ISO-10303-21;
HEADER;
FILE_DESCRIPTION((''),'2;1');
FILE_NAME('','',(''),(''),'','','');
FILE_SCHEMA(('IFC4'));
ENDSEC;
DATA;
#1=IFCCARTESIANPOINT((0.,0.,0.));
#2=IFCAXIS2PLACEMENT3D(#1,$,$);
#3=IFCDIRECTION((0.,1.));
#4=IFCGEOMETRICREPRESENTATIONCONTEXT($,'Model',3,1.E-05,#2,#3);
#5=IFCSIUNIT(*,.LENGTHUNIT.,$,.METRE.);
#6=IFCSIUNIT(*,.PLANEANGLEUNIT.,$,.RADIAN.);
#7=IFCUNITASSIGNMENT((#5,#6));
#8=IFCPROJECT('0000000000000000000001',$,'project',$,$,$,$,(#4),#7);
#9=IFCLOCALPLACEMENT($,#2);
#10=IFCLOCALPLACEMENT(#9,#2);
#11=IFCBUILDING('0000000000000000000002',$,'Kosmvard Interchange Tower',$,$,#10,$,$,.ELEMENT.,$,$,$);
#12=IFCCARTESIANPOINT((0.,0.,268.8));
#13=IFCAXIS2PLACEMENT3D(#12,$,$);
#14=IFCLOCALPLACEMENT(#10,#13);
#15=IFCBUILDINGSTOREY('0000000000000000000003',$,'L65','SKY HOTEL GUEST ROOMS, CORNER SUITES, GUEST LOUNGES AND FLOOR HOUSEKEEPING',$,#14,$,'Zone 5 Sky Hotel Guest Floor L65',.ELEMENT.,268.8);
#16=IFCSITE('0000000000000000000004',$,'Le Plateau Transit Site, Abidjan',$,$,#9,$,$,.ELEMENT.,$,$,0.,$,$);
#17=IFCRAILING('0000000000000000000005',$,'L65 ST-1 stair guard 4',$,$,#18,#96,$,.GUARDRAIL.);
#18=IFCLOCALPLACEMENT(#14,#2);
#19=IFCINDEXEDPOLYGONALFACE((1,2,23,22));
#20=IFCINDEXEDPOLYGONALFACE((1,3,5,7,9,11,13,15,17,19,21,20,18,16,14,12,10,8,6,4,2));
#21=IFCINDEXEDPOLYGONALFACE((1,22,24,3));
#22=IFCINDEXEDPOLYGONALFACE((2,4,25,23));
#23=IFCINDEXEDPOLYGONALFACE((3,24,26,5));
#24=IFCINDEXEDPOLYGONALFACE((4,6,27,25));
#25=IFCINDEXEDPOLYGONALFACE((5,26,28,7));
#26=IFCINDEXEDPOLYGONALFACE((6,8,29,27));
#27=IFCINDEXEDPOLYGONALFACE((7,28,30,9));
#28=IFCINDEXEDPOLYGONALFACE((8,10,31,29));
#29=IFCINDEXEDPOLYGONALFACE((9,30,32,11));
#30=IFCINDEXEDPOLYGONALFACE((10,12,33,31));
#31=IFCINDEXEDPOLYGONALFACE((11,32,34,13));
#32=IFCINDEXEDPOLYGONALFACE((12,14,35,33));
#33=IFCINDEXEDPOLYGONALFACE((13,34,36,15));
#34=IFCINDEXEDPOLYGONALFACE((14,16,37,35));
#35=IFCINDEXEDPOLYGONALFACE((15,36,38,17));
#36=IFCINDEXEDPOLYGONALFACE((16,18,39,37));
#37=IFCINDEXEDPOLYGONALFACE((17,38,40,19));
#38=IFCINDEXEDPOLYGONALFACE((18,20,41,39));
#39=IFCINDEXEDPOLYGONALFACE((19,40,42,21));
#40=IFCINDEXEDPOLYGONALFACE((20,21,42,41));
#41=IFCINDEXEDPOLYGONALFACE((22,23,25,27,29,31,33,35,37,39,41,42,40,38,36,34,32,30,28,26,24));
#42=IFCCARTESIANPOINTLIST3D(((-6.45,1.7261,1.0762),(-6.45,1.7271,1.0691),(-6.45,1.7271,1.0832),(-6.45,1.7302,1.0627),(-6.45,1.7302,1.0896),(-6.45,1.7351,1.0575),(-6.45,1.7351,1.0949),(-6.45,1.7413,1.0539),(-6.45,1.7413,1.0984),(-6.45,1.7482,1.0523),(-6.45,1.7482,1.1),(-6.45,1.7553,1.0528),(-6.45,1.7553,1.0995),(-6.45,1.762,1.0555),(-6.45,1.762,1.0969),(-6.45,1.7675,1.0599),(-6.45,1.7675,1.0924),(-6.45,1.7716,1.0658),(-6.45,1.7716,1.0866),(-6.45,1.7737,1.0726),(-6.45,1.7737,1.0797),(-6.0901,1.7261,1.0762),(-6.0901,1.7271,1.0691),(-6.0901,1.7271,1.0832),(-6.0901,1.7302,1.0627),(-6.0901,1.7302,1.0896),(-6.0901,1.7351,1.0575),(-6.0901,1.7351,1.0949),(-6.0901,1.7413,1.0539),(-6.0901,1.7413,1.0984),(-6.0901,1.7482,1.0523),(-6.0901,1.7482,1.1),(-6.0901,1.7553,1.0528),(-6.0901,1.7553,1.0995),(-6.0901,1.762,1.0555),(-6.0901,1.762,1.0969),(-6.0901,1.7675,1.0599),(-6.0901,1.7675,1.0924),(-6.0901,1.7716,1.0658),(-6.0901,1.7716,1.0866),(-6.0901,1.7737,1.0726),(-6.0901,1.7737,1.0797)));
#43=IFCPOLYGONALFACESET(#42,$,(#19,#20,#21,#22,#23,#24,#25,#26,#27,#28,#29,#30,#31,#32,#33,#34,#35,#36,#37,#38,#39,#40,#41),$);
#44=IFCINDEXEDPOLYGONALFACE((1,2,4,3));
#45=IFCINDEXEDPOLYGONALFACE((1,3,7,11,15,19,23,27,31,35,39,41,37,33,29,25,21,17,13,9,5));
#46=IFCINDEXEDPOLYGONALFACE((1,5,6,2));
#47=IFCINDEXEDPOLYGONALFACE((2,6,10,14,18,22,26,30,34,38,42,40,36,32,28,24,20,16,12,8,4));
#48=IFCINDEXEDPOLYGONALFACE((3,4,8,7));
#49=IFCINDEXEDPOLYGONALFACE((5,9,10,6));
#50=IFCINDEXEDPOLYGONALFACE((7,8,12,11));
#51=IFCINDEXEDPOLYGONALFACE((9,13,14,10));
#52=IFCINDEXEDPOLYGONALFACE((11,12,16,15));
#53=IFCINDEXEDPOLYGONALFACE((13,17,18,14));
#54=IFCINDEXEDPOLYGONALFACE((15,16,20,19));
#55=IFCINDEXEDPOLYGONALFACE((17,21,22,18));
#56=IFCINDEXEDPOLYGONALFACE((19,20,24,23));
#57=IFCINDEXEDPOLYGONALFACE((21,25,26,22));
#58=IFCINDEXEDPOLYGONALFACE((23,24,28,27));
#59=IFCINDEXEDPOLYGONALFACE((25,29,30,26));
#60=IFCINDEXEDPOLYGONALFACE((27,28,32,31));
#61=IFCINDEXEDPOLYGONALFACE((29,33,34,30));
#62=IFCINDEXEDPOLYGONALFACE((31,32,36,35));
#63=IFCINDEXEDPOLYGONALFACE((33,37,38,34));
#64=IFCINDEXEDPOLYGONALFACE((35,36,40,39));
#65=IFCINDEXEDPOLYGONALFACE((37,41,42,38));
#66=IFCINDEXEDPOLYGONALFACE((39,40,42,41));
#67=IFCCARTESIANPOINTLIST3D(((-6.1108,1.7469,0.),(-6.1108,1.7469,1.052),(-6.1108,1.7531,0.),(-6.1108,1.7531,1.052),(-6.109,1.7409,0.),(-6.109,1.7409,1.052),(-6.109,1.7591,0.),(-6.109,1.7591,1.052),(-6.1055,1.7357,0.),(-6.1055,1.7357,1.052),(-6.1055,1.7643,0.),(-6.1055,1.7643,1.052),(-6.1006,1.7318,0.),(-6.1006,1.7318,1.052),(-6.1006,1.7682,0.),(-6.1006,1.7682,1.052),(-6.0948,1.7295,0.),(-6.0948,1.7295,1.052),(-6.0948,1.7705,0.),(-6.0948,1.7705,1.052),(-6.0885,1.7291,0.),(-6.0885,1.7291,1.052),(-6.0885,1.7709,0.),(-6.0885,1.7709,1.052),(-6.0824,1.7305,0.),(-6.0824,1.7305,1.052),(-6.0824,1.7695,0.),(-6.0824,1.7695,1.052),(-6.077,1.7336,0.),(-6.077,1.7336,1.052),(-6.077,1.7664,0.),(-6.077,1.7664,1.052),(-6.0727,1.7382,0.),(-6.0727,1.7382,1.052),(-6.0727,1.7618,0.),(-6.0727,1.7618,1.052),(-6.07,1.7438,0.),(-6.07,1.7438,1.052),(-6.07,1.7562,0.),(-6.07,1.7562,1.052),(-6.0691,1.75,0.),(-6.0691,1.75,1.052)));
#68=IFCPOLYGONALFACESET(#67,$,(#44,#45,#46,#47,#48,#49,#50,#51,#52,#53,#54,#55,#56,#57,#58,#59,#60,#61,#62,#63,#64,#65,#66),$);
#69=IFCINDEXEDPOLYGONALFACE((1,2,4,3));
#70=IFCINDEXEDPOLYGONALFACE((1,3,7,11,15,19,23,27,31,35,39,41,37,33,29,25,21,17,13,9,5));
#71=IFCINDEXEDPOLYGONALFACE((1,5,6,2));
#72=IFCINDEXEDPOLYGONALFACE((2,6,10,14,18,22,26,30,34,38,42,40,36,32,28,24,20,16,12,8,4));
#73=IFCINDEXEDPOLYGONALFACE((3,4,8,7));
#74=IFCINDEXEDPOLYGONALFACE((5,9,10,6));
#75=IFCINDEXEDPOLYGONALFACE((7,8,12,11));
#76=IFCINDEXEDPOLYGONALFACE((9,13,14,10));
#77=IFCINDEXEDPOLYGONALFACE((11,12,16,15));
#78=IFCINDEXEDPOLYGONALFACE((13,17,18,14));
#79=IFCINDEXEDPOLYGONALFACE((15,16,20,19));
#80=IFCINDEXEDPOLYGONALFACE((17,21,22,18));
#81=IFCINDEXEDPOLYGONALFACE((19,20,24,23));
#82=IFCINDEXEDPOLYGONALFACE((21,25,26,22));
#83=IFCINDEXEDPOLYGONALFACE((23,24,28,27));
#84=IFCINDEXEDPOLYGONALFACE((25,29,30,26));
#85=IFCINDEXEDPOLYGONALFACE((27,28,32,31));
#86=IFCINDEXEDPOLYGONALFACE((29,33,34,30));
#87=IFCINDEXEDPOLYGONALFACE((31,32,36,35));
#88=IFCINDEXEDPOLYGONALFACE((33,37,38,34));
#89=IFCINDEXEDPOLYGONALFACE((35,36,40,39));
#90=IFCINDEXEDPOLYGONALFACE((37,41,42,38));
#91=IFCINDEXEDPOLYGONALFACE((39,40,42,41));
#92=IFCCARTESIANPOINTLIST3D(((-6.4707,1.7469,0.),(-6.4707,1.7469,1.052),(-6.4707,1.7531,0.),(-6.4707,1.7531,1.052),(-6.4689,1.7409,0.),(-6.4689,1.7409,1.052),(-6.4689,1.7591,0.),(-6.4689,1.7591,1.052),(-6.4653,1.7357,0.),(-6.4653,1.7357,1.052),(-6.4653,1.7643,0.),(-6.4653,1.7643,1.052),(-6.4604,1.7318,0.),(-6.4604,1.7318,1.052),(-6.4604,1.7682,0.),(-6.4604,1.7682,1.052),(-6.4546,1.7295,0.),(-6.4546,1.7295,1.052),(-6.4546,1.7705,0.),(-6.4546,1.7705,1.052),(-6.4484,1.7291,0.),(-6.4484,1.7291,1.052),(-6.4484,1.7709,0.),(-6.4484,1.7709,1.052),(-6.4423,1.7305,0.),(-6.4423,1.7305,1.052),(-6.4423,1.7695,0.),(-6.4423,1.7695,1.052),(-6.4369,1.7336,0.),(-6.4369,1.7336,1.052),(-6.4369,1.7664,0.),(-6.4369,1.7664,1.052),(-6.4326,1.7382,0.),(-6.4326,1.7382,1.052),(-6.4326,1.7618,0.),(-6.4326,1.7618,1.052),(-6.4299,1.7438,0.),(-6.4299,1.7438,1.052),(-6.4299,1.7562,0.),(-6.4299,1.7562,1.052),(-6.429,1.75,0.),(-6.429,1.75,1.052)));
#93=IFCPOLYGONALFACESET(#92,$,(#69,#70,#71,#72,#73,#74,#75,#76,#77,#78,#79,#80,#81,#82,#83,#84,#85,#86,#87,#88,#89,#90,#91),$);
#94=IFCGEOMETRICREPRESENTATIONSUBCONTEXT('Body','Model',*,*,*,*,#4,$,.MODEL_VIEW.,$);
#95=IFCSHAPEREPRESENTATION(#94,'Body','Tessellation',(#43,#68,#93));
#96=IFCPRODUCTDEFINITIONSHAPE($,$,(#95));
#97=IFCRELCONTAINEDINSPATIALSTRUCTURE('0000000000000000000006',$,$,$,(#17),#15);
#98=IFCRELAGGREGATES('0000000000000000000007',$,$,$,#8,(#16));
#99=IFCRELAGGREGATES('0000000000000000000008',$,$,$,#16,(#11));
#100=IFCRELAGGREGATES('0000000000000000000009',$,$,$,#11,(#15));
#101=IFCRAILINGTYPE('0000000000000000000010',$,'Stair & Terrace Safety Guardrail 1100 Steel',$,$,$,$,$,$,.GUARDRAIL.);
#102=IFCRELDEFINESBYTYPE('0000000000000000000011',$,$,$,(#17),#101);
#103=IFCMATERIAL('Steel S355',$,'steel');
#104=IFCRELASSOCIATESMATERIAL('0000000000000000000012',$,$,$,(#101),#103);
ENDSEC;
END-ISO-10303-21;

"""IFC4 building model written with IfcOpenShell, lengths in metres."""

from ifc_helpers import new_model, si_unit, direction, frame, origin, origin_2d, place, context, subcontext, project, spatial, circle, extrude, source, transform, mapped, material, type_object, element, save


model = new_model("IFC4")

# Units and contexts
model_context = context("Model", 3, precision=1e-05, world=origin(), true_north=direction((0.0, 1.0)))
body_context = subcontext(model_context, "Body", "Model", "MODEL_VIEW")
ifc_project = project(units=[si_unit("LENGTHUNIT", "METRE"), si_unit("PLANEANGLEUNIT", "RADIAN")], contexts=[model_context])

# Site, building, storey
site_placement = place(None, origin())
site = spatial("IfcSite", under=ifc_project, at=site_placement, Name="Le Plateau Transit Site, Abidjan", CompositionType="ELEMENT", RefElevation=0.0)
building_placement = place(site_placement, origin())
building = spatial("IfcBuilding", under=site, at=building_placement, Name="Kosmvard Interchange Tower", CompositionType="ELEMENT")
storey_placement = place(building_placement, frame((0.0, 0.0, 268.8)))
storey = spatial("IfcBuildingStorey", under=building, at=storey_placement, Name="L65", Description="SKY HOTEL GUEST ROOMS, CORNER SUITES, GUEST LOUNGES AND FLOOR HOUSEKEEPING", LongName="Zone 5 Sky Hotel Guest Floor L65", CompositionType="ELEMENT", Elevation=268.8)

# Shared definitions
ifc_material_1 = material(Name="Steel S355", Category="steel")

# Railing
railing_type_1 = type_object("IfcRailingType", Name="Stair & Terrace Safety Guardrail 1100 Steel", PredefinedType="GUARDRAIL", material=ifc_material_1)
shared_shape_1 = source(origin(), body_context, "Body", "SweptSolid", [
    extrude(circle(Radius=0.0239, at=origin_2d()), frame((0.0, 0.0, 1.0762), z_axis=(-1.0, 0.0, 0.0), x_axis=(0.0, -1.0, 0.0)), (0.0, 0.0, 1.0), 0.3599),
    extrude(circle(Radius=0.021, at=origin_2d()), origin(), (0.0, 0.0, 1.0), 1.052),
    extrude(circle(Radius=0.021, at=origin_2d()), frame((-0.3599, 0.0, 0.0)), (0.0, 0.0, 1.0), 1.052),
])
for number, where, name in (
    (1, (-6.0901, 1.75, 0.0), "L65 ST-1 stair guard 4"),
):
    element("IfcRailing", number, at=place(storey_placement, frame(where)), inside=storey, type_object=railing_type_1, Name=name, PredefinedType="GUARDRAIL", context=body_context, shape_type="MappedRepresentation", body=[
        mapped(shared_shape_1, transform((0.0, 0.0, 0.0), scale=1.0)),
    ])

save(model, "model.ifc")
